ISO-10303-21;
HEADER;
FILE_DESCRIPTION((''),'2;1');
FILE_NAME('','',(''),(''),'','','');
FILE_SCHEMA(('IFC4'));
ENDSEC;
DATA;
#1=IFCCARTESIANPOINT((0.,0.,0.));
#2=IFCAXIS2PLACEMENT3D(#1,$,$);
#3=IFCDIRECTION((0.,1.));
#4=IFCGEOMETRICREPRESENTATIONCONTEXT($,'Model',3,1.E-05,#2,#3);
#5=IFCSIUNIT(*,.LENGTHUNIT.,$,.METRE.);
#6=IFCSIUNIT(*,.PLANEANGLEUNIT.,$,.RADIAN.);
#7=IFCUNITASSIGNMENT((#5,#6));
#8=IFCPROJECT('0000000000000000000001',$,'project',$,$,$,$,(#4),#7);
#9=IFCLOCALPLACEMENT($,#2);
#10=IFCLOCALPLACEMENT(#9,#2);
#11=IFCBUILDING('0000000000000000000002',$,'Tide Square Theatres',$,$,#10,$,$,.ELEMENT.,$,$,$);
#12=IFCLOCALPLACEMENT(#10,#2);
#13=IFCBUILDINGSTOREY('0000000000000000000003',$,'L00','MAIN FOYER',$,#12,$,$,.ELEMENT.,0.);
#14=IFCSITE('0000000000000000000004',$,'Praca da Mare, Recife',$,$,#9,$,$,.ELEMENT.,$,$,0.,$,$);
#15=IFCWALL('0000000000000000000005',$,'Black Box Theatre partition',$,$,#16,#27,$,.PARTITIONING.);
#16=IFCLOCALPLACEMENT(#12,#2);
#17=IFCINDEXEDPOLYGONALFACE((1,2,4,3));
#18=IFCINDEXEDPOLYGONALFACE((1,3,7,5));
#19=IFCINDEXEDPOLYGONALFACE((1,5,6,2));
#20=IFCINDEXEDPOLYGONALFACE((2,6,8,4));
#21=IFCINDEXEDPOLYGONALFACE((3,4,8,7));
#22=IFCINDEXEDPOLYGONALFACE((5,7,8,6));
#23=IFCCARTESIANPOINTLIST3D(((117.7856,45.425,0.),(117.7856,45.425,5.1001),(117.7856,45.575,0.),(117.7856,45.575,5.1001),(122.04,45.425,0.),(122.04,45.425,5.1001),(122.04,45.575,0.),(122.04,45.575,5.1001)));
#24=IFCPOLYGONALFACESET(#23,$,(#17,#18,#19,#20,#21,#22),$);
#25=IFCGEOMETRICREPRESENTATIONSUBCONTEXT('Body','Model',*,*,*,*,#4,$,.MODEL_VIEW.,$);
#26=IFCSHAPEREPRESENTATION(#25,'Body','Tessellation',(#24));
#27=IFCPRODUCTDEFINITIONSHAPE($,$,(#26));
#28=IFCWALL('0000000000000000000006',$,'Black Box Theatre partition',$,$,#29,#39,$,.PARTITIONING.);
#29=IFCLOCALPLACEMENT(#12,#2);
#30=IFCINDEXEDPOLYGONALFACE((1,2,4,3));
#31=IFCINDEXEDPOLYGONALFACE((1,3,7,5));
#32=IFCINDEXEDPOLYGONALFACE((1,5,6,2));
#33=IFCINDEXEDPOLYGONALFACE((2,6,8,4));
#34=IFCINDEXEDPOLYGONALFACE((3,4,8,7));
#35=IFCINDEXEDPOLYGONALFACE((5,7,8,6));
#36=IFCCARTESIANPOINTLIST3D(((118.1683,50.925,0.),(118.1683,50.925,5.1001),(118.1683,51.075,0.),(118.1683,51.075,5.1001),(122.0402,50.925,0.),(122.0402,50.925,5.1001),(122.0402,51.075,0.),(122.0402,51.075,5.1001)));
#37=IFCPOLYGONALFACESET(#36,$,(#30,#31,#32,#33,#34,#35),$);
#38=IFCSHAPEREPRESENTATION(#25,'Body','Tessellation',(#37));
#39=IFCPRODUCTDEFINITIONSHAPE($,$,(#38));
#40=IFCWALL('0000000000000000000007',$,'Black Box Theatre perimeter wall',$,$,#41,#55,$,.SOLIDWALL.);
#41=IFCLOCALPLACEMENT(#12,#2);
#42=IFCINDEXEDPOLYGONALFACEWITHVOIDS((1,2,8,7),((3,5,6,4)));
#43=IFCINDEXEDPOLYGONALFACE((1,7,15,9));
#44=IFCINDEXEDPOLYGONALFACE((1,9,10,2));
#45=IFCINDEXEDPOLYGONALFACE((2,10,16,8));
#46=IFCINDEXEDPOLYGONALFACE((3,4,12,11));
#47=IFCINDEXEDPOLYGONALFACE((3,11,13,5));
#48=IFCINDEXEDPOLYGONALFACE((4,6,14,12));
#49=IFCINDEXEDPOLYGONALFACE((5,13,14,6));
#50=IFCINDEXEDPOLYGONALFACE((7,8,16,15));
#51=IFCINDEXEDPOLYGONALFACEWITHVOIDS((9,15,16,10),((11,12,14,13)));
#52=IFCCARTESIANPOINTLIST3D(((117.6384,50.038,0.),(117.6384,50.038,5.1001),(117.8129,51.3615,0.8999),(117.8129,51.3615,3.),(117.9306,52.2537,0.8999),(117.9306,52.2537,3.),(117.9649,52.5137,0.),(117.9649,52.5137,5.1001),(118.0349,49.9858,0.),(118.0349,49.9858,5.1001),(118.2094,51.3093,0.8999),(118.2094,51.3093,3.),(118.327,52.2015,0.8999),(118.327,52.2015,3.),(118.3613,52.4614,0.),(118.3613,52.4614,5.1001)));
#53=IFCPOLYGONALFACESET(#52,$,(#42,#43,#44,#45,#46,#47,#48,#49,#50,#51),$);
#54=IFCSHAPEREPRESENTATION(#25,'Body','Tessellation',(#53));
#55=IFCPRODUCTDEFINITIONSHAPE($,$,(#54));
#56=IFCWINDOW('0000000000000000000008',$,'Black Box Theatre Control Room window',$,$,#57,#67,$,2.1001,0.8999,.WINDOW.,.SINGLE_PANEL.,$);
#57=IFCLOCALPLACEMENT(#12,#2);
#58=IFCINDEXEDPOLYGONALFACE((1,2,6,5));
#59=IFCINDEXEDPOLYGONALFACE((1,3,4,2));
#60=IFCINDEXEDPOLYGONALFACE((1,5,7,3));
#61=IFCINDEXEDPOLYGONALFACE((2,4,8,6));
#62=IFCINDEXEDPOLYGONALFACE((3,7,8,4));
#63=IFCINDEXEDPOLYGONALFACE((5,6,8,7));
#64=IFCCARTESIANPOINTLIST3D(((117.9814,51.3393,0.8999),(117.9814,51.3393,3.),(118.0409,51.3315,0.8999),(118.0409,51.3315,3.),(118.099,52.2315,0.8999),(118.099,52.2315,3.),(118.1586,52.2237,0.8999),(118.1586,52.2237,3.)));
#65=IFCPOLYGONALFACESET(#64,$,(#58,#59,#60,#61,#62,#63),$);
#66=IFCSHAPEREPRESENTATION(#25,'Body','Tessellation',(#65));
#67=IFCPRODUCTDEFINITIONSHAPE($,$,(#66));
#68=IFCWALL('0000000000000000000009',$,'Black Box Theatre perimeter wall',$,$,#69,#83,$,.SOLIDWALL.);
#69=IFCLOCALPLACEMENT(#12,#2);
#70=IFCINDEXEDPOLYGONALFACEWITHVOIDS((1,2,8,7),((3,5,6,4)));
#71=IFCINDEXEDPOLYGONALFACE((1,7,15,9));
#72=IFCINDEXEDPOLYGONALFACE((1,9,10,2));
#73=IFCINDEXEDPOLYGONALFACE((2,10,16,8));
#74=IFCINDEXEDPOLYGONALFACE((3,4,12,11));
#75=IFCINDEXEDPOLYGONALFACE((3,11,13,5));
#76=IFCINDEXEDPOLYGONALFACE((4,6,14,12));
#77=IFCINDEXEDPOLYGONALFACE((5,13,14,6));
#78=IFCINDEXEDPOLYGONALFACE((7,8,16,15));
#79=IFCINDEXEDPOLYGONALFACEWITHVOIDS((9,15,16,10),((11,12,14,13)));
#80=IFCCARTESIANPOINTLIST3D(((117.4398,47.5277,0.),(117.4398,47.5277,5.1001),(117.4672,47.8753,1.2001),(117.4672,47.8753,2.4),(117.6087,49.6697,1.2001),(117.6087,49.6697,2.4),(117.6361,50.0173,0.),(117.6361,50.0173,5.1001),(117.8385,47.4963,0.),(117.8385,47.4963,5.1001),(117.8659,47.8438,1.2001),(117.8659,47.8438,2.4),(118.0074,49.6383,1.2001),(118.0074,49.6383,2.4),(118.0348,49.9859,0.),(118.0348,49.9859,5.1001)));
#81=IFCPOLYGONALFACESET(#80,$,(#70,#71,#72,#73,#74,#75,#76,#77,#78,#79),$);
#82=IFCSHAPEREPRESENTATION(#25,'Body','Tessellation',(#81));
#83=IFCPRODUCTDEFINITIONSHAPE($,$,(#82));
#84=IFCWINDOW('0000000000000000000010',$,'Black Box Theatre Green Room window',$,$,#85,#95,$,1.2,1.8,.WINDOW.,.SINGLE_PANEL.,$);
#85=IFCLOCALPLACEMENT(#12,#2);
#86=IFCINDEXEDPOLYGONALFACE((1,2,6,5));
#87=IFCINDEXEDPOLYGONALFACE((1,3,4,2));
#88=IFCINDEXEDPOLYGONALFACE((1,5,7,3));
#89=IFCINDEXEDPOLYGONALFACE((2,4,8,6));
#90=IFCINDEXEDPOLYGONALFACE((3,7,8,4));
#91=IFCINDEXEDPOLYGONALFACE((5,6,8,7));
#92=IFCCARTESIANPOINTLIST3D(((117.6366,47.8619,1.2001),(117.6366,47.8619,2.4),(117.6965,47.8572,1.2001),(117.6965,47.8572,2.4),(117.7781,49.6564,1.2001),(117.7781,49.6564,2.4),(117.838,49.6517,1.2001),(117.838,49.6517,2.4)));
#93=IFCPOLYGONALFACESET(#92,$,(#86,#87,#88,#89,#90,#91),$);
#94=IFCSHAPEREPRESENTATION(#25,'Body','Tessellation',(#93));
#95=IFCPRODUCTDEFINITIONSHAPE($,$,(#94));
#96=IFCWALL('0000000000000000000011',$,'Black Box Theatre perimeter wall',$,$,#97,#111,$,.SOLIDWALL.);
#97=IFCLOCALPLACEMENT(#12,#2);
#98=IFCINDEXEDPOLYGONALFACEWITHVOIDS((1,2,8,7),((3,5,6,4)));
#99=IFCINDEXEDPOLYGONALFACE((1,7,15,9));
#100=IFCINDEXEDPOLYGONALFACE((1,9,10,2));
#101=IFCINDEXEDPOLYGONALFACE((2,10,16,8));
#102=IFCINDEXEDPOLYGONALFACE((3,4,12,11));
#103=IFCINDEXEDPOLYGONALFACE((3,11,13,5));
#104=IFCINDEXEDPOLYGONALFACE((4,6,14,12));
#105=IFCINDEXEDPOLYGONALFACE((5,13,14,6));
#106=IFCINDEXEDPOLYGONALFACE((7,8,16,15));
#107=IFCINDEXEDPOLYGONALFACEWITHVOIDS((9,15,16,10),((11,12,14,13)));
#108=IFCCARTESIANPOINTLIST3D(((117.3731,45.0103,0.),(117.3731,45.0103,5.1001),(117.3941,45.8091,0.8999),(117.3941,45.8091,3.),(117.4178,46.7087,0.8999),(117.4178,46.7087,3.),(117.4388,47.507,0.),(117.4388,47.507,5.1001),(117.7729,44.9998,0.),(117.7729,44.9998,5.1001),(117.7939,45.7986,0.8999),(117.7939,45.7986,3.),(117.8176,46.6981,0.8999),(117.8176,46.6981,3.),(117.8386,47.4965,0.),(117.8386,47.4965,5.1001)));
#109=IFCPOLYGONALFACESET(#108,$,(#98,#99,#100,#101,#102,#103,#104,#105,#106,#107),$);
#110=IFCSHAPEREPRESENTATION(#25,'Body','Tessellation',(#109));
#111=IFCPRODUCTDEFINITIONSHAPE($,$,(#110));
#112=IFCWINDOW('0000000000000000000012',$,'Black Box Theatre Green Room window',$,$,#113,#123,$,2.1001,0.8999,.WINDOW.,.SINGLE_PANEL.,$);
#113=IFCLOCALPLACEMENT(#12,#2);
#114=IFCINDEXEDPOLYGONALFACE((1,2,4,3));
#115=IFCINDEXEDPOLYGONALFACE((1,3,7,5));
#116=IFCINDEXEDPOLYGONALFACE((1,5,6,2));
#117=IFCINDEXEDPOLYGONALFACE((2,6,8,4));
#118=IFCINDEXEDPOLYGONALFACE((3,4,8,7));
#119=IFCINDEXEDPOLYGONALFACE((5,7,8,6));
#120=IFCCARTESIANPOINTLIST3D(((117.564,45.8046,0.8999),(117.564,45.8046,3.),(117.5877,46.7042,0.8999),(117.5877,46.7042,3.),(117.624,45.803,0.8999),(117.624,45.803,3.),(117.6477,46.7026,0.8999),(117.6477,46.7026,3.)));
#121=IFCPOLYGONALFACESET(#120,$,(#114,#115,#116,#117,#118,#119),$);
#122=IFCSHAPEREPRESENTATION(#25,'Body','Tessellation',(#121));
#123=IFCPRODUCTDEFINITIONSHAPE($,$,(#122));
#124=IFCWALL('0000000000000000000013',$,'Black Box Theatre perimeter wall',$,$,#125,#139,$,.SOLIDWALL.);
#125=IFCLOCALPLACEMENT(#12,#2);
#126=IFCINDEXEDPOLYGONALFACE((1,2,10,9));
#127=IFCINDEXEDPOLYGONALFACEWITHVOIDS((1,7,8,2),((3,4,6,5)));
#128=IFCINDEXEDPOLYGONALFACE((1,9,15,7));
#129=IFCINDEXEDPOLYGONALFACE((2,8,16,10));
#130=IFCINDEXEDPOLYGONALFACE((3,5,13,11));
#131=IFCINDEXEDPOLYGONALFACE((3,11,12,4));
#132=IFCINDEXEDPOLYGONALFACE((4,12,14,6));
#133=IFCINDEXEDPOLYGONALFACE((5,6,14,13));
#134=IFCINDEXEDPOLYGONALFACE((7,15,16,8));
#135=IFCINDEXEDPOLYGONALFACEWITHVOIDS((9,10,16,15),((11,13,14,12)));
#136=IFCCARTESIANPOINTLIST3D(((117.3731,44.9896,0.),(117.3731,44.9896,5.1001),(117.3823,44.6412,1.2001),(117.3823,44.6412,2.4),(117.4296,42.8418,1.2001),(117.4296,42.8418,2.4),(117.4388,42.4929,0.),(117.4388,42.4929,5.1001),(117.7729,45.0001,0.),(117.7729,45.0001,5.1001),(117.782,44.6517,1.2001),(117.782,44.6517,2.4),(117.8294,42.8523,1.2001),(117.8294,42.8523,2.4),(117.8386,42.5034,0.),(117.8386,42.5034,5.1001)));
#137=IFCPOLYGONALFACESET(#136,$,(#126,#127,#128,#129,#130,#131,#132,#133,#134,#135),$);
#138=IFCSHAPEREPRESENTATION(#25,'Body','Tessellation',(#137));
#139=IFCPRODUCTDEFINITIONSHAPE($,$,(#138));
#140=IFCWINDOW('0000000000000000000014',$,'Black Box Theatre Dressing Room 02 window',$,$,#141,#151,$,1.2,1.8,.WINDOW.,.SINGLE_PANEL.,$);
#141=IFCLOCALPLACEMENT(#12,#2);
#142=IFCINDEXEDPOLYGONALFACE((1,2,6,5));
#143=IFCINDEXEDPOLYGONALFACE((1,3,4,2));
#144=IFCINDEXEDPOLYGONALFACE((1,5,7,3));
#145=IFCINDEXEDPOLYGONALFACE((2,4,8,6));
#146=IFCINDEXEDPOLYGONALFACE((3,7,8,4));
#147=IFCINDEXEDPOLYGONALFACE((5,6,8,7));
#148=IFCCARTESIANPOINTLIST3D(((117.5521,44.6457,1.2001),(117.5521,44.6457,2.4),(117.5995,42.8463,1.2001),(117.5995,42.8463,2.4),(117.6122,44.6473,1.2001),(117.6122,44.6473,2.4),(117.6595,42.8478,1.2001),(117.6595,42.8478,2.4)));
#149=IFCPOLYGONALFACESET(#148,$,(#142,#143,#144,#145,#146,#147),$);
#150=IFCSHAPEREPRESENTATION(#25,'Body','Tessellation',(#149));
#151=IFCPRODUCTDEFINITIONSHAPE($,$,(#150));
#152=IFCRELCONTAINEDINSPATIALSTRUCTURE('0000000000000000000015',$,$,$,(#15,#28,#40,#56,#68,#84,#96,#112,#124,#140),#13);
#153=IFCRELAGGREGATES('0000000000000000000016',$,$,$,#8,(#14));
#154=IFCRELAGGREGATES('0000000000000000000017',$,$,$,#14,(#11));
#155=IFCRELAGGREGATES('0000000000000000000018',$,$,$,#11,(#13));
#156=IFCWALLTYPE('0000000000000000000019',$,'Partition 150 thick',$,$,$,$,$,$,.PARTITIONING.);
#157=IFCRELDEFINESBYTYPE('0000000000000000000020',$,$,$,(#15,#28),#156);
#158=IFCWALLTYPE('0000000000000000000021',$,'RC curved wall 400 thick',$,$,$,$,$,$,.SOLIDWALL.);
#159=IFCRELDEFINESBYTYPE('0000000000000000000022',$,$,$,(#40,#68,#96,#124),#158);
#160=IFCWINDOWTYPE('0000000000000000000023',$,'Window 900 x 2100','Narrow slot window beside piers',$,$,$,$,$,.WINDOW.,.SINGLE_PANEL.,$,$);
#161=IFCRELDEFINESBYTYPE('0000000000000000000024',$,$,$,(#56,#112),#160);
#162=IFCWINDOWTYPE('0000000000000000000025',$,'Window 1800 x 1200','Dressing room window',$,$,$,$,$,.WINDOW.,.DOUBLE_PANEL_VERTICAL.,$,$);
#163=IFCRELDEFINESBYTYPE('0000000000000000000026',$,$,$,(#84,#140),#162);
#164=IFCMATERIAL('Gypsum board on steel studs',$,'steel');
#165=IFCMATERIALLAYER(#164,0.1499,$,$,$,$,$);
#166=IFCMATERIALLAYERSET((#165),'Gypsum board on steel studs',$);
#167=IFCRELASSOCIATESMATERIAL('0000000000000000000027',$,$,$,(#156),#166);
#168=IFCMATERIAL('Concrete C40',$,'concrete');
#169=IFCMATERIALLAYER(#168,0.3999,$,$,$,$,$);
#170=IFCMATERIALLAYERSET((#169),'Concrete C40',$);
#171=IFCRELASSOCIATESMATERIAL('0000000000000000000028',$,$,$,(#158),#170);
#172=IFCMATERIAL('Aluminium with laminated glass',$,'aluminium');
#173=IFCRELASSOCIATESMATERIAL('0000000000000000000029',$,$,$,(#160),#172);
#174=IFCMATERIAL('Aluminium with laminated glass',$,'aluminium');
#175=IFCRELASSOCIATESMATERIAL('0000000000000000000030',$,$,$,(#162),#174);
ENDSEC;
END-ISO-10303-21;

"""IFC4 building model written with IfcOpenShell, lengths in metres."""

from ifc_helpers import new_model, si_unit, direction, frame, frame_2d, origin, place, context, subcontext, project, spatial, rectangle, extrude, material, layer, layer_set, type_object, element, fill, save


model = new_model("IFC4")

# Units and contexts
model_context = context("Model", 3, precision=1e-05, world=origin(), true_north=direction((0.0, 1.0)))
body_context = subcontext(model_context, "Body", "Model", "MODEL_VIEW")
ifc_project = project(units=[si_unit("LENGTHUNIT", "METRE"), si_unit("PLANEANGLEUNIT", "RADIAN")], contexts=[model_context])

# Site, building, storey
site_placement = place(None, origin())
site = spatial("IfcSite", under=ifc_project, at=site_placement, Name="Praca da Mare, Recife", CompositionType="ELEMENT", RefElevation=0.0)
building_placement = place(site_placement, origin())
building = spatial("IfcBuilding", under=site, at=building_placement, Name="Tide Square Theatres", CompositionType="ELEMENT")
storey_placement = place(building_placement, origin())
storey = spatial("IfcBuildingStorey", under=building, at=storey_placement, Name="L00", Description="MAIN FOYER", CompositionType="ELEMENT", Elevation=0.0)

# Walls
ifc_material_1 = material(Name="Gypsum board on steel studs", Category="steel")
ifc_layer_1 = layer(ifc_material_1, 0.1499)
ifc_layer_set_1 = layer_set([ifc_layer_1], Name="Gypsum board on steel studs")
wall_type_1 = type_object("IfcWallType", Name="Partition 150 thick", PredefinedType="PARTITIONING", material=ifc_layer_set_1)
wall_1_placement = place(storey_placement, frame((117.7856, 45.5, 0.0), z_axis=(0.0, 0.0, 1.0), x_axis=(1.0, 0.0, 0.0)))
element("IfcWall", 1, at=wall_1_placement, inside=storey, type_object=wall_type_1, Name="Black Box Theatre partition", PredefinedType="PARTITIONING", context=body_context, shape_type="SweptSolid", body=[
    extrude(rectangle(XDim=4.2544, YDim=0.1499, at=frame_2d((2.1272, 0.0))), origin(), (0.0, 0.0, 1.0), 5.1001),
])
wall_2_placement = place(storey_placement, frame((118.1682, 51.0, 0.0), z_axis=(0.0, 0.0, 1.0), x_axis=(1.0, 0.0, 0.0)))
element("IfcWall", 2, at=wall_2_placement, inside=storey, type_object=wall_type_1, Name="Black Box Theatre partition", PredefinedType="PARTITIONING", context=body_context, shape_type="SweptSolid", body=[
    extrude(rectangle(XDim=3.8718, YDim=0.1499, at=frame_2d((1.936, 0.0))), origin(), (0.0, 0.0, 1.0), 5.1001),
])

# Walls, openings, windows
ifc_material_2 = material(Name="Concrete C40", Category="concrete")
ifc_layer_2 = layer(ifc_material_2, 0.3999)
ifc_layer_set_2 = layer_set([ifc_layer_2], Name="Concrete C40")
wall_type_2 = type_object("IfcWallType", Name="RC curved wall 400 thick", PredefinedType="SOLIDWALL", material=ifc_layer_set_2)
wall_3_placement = place(storey_placement, frame((118.1631, 52.4875, 0.0), z_axis=(0.0, 0.0, 1.0), x_axis=(-0.130723, -0.991419, 0.0)))
wall_3 = element("IfcWall", 3, at=wall_3_placement, inside=storey, type_object=wall_type_2, Name="Black Box Theatre perimeter wall", PredefinedType="SOLIDWALL", context=body_context, shape_type="SweptSolid", body=[
    extrude(rectangle(XDim=2.4971, YDim=0.3999, at=frame_2d((1.2485, 0.0))), origin(), (0.0, 0.0, 1.0), 5.1001),
])
opening_1_placement = place(wall_3_placement, frame((0.2622, 0.0, 0.8999)))
opening_1 = element("IfcOpeningElement", 4, at=opening_1_placement, cuts=wall_3, PredefinedType="OPENING", context=body_context, shape_type="SweptSolid", body=[
    extrude(rectangle(XDim=0.8999, YDim=2.1001, at=frame_2d((0.45, 1.05))), frame((0.0, 0.21, 0.0), z_axis=(0.0, -1.0, 0.0), x_axis=(1.0, 0.0, 0.0)), (0.0, 0.0, 1.0), 0.4199),
])
ifc_material_3 = material(Name="Aluminium with laminated glass", Category="aluminium")
window_type_1 = type_object("IfcWindowType", Name="Window 900 x 2100", Description="Narrow slot window beside piers", PartitioningType="SINGLE_PANEL", PredefinedType="WINDOW", material=ifc_material_3)
window_1_placement = place(opening_1_placement, origin())
window_1 = element("IfcWindow", 5, at=window_1_placement, inside=storey, type_object=window_type_1, Name="Black Box Theatre Control Room window", OverallHeight=2.1001, OverallWidth=0.8999, PartitioningType="SINGLE_PANEL", PredefinedType="WINDOW", context=body_context, shape_type="SweptSolid", body=[
    extrude(rectangle(XDim=0.8999, YDim=2.1001, at=frame_2d((0.45, 1.05))), frame((0.0, 0.03, 0.0), z_axis=(0.0, -1.0, 0.0), x_axis=(1.0, 0.0, 0.0)), (0.0, 0.0, 1.0), 0.0601),
])
fill(opening_1, window_1)
wall_4_placement = place(storey_placement, frame((117.8354, 50.0015, 0.0), z_axis=(0.0, 0.0, 1.0), x_axis=(-0.078603, -0.996906, 0.0)))
wall_4 = element("IfcWall", 6, at=wall_4_placement, inside=storey, type_object=wall_type_2, Name="Black Box Theatre perimeter wall", PredefinedType="SOLIDWALL", context=body_context, shape_type="SweptSolid", body=[
    extrude(rectangle(XDim=2.4973, YDim=0.3999, at=frame_2d((1.2485, 0.0))), origin(), (0.0, 0.0, 1.0), 5.1001),
])
opening_2_placement = place(wall_4_placement, frame((0.3486, 0.0, 1.2)))
opening_2 = element("IfcOpeningElement", 7, at=opening_2_placement, cuts=wall_4, PredefinedType="OPENING", context=body_context, shape_type="SweptSolid", body=[
    extrude(rectangle(XDim=1.8, YDim=1.2, at=frame_2d((0.8999, 0.6001))), frame((0.0, 0.21, 0.0), z_axis=(0.0, -1.0, 0.0), x_axis=(1.0, 0.0, 0.0)), (0.0, 0.0, 1.0), 0.4199),
])
ifc_material_4 = material(Name="Aluminium with laminated glass", Category="aluminium")
window_type_2 = type_object("IfcWindowType", Name="Window 1800 x 1200", Description="Dressing room window", PartitioningType="DOUBLE_PANEL_VERTICAL", PredefinedType="WINDOW", material=ifc_material_4)
window_2_placement = place(opening_2_placement, origin())
window_2 = element("IfcWindow", 8, at=window_2_placement, inside=storey, type_object=window_type_2, Name="Black Box Theatre Green Room window", OverallHeight=1.2, OverallWidth=1.8, PartitioningType="SINGLE_PANEL", PredefinedType="WINDOW", context=body_context, shape_type="SweptSolid", body=[
    extrude(rectangle(XDim=1.8, YDim=1.2, at=frame_2d((0.8999, 0.6001))), frame((0.0, 0.03, 0.0), z_axis=(0.0, -1.0, 0.0), x_axis=(1.0, 0.0, 0.0)), (0.0, 0.0, 1.0), 0.0601),
])
fill(opening_2, window_2)
wall_5_placement = place(storey_placement, frame((117.6387, 47.5017, 0.0), z_axis=(0.0, 0.0, 1.0), x_axis=(-0.026296, -0.999654, 0.0)))
wall_5 = element("IfcWall", 9, at=wall_5_placement, inside=storey, type_object=wall_type_2, Name="Black Box Theatre perimeter wall", PredefinedType="SOLIDWALL", context=body_context, shape_type="SweptSolid", body=[
    extrude(rectangle(XDim=2.4976, YDim=0.3999, at=frame_2d((1.2488, 0.0))), origin(), (0.0, 0.0, 1.0), 5.1001),
])
opening_3_placement = place(wall_5_placement, frame((0.7986, 0.0, 0.8999)))
opening_3 = element("IfcOpeningElement", 10, at=opening_3_placement, cuts=wall_5, PredefinedType="OPENING", context=body_context, shape_type="SweptSolid", body=[
    extrude(rectangle(XDim=0.8999, YDim=2.1001, at=frame_2d((0.45, 1.05))), frame((0.0, 0.21, 0.0), z_axis=(0.0, -1.0, 0.0), x_axis=(1.0, 0.0, 0.0)), (0.0, 0.0, 1.0), 0.4199),
])
window_3_placement = place(opening_3_placement, origin())
window_3 = element("IfcWindow", 11, at=window_3_placement, inside=storey, type_object=window_type_1, Name="Black Box Theatre Green Room window", OverallHeight=2.1001, OverallWidth=0.8999, PartitioningType="SINGLE_PANEL", PredefinedType="WINDOW", context=body_context, shape_type="SweptSolid", body=[
    extrude(rectangle(XDim=0.8999, YDim=2.1001, at=frame_2d((0.45, 1.05))), frame((0.0, 0.03, 0.0), z_axis=(0.0, -1.0, 0.0), x_axis=(1.0, 0.0, 0.0)), (0.0, 0.0, 1.0), 0.0601),
])
fill(opening_3, window_3)
wall_6_placement = place(storey_placement, frame((117.573, 44.9949, 0.0), z_axis=(0.0, 0.0, 1.0), x_axis=(0.026296, -0.999654, 0.0)))
wall_6 = element("IfcWall", 12, at=wall_6_placement, inside=storey, type_object=wall_type_2, Name="Black Box Theatre perimeter wall", PredefinedType="SOLIDWALL", context=body_context, shape_type="SweptSolid", body=[
    extrude(rectangle(XDim=2.4976, YDim=0.3999, at=frame_2d((1.2488, 0.0))), origin(), (0.0, 0.0, 1.0), 5.1001),
])
opening_4_placement = place(wall_6_placement, frame((0.3486, 0.0, 1.2)))
opening_4 = element("IfcOpeningElement", 13, at=opening_4_placement, cuts=wall_6, PredefinedType="OPENING", context=body_context, shape_type="SweptSolid", body=[
    extrude(rectangle(XDim=1.8, YDim=1.2, at=frame_2d((0.8999, 0.6001))), frame((0.0, 0.21, 0.0), z_axis=(0.0, -1.0, 0.0), x_axis=(1.0, 0.0, 0.0)), (0.0, 0.0, 1.0), 0.4199),
])
window_4_placement = place(opening_4_placement, origin())
window_4 = element("IfcWindow", 14, at=window_4_placement, inside=storey, type_object=window_type_2, Name="Black Box Theatre Dressing Room 02 window", OverallHeight=1.2, OverallWidth=1.8, PartitioningType="SINGLE_PANEL", PredefinedType="WINDOW", context=body_context, shape_type="SweptSolid", body=[
    extrude(rectangle(XDim=1.8, YDim=1.2, at=frame_2d((0.8999, 0.6001))), frame((0.0, 0.03, 0.0), z_axis=(0.0, -1.0, 0.0), x_axis=(1.0, 0.0, 0.0)), (0.0, 0.0, 1.0), 0.0601),
])
fill(opening_4, window_4)

save(model, "model.ifc")
